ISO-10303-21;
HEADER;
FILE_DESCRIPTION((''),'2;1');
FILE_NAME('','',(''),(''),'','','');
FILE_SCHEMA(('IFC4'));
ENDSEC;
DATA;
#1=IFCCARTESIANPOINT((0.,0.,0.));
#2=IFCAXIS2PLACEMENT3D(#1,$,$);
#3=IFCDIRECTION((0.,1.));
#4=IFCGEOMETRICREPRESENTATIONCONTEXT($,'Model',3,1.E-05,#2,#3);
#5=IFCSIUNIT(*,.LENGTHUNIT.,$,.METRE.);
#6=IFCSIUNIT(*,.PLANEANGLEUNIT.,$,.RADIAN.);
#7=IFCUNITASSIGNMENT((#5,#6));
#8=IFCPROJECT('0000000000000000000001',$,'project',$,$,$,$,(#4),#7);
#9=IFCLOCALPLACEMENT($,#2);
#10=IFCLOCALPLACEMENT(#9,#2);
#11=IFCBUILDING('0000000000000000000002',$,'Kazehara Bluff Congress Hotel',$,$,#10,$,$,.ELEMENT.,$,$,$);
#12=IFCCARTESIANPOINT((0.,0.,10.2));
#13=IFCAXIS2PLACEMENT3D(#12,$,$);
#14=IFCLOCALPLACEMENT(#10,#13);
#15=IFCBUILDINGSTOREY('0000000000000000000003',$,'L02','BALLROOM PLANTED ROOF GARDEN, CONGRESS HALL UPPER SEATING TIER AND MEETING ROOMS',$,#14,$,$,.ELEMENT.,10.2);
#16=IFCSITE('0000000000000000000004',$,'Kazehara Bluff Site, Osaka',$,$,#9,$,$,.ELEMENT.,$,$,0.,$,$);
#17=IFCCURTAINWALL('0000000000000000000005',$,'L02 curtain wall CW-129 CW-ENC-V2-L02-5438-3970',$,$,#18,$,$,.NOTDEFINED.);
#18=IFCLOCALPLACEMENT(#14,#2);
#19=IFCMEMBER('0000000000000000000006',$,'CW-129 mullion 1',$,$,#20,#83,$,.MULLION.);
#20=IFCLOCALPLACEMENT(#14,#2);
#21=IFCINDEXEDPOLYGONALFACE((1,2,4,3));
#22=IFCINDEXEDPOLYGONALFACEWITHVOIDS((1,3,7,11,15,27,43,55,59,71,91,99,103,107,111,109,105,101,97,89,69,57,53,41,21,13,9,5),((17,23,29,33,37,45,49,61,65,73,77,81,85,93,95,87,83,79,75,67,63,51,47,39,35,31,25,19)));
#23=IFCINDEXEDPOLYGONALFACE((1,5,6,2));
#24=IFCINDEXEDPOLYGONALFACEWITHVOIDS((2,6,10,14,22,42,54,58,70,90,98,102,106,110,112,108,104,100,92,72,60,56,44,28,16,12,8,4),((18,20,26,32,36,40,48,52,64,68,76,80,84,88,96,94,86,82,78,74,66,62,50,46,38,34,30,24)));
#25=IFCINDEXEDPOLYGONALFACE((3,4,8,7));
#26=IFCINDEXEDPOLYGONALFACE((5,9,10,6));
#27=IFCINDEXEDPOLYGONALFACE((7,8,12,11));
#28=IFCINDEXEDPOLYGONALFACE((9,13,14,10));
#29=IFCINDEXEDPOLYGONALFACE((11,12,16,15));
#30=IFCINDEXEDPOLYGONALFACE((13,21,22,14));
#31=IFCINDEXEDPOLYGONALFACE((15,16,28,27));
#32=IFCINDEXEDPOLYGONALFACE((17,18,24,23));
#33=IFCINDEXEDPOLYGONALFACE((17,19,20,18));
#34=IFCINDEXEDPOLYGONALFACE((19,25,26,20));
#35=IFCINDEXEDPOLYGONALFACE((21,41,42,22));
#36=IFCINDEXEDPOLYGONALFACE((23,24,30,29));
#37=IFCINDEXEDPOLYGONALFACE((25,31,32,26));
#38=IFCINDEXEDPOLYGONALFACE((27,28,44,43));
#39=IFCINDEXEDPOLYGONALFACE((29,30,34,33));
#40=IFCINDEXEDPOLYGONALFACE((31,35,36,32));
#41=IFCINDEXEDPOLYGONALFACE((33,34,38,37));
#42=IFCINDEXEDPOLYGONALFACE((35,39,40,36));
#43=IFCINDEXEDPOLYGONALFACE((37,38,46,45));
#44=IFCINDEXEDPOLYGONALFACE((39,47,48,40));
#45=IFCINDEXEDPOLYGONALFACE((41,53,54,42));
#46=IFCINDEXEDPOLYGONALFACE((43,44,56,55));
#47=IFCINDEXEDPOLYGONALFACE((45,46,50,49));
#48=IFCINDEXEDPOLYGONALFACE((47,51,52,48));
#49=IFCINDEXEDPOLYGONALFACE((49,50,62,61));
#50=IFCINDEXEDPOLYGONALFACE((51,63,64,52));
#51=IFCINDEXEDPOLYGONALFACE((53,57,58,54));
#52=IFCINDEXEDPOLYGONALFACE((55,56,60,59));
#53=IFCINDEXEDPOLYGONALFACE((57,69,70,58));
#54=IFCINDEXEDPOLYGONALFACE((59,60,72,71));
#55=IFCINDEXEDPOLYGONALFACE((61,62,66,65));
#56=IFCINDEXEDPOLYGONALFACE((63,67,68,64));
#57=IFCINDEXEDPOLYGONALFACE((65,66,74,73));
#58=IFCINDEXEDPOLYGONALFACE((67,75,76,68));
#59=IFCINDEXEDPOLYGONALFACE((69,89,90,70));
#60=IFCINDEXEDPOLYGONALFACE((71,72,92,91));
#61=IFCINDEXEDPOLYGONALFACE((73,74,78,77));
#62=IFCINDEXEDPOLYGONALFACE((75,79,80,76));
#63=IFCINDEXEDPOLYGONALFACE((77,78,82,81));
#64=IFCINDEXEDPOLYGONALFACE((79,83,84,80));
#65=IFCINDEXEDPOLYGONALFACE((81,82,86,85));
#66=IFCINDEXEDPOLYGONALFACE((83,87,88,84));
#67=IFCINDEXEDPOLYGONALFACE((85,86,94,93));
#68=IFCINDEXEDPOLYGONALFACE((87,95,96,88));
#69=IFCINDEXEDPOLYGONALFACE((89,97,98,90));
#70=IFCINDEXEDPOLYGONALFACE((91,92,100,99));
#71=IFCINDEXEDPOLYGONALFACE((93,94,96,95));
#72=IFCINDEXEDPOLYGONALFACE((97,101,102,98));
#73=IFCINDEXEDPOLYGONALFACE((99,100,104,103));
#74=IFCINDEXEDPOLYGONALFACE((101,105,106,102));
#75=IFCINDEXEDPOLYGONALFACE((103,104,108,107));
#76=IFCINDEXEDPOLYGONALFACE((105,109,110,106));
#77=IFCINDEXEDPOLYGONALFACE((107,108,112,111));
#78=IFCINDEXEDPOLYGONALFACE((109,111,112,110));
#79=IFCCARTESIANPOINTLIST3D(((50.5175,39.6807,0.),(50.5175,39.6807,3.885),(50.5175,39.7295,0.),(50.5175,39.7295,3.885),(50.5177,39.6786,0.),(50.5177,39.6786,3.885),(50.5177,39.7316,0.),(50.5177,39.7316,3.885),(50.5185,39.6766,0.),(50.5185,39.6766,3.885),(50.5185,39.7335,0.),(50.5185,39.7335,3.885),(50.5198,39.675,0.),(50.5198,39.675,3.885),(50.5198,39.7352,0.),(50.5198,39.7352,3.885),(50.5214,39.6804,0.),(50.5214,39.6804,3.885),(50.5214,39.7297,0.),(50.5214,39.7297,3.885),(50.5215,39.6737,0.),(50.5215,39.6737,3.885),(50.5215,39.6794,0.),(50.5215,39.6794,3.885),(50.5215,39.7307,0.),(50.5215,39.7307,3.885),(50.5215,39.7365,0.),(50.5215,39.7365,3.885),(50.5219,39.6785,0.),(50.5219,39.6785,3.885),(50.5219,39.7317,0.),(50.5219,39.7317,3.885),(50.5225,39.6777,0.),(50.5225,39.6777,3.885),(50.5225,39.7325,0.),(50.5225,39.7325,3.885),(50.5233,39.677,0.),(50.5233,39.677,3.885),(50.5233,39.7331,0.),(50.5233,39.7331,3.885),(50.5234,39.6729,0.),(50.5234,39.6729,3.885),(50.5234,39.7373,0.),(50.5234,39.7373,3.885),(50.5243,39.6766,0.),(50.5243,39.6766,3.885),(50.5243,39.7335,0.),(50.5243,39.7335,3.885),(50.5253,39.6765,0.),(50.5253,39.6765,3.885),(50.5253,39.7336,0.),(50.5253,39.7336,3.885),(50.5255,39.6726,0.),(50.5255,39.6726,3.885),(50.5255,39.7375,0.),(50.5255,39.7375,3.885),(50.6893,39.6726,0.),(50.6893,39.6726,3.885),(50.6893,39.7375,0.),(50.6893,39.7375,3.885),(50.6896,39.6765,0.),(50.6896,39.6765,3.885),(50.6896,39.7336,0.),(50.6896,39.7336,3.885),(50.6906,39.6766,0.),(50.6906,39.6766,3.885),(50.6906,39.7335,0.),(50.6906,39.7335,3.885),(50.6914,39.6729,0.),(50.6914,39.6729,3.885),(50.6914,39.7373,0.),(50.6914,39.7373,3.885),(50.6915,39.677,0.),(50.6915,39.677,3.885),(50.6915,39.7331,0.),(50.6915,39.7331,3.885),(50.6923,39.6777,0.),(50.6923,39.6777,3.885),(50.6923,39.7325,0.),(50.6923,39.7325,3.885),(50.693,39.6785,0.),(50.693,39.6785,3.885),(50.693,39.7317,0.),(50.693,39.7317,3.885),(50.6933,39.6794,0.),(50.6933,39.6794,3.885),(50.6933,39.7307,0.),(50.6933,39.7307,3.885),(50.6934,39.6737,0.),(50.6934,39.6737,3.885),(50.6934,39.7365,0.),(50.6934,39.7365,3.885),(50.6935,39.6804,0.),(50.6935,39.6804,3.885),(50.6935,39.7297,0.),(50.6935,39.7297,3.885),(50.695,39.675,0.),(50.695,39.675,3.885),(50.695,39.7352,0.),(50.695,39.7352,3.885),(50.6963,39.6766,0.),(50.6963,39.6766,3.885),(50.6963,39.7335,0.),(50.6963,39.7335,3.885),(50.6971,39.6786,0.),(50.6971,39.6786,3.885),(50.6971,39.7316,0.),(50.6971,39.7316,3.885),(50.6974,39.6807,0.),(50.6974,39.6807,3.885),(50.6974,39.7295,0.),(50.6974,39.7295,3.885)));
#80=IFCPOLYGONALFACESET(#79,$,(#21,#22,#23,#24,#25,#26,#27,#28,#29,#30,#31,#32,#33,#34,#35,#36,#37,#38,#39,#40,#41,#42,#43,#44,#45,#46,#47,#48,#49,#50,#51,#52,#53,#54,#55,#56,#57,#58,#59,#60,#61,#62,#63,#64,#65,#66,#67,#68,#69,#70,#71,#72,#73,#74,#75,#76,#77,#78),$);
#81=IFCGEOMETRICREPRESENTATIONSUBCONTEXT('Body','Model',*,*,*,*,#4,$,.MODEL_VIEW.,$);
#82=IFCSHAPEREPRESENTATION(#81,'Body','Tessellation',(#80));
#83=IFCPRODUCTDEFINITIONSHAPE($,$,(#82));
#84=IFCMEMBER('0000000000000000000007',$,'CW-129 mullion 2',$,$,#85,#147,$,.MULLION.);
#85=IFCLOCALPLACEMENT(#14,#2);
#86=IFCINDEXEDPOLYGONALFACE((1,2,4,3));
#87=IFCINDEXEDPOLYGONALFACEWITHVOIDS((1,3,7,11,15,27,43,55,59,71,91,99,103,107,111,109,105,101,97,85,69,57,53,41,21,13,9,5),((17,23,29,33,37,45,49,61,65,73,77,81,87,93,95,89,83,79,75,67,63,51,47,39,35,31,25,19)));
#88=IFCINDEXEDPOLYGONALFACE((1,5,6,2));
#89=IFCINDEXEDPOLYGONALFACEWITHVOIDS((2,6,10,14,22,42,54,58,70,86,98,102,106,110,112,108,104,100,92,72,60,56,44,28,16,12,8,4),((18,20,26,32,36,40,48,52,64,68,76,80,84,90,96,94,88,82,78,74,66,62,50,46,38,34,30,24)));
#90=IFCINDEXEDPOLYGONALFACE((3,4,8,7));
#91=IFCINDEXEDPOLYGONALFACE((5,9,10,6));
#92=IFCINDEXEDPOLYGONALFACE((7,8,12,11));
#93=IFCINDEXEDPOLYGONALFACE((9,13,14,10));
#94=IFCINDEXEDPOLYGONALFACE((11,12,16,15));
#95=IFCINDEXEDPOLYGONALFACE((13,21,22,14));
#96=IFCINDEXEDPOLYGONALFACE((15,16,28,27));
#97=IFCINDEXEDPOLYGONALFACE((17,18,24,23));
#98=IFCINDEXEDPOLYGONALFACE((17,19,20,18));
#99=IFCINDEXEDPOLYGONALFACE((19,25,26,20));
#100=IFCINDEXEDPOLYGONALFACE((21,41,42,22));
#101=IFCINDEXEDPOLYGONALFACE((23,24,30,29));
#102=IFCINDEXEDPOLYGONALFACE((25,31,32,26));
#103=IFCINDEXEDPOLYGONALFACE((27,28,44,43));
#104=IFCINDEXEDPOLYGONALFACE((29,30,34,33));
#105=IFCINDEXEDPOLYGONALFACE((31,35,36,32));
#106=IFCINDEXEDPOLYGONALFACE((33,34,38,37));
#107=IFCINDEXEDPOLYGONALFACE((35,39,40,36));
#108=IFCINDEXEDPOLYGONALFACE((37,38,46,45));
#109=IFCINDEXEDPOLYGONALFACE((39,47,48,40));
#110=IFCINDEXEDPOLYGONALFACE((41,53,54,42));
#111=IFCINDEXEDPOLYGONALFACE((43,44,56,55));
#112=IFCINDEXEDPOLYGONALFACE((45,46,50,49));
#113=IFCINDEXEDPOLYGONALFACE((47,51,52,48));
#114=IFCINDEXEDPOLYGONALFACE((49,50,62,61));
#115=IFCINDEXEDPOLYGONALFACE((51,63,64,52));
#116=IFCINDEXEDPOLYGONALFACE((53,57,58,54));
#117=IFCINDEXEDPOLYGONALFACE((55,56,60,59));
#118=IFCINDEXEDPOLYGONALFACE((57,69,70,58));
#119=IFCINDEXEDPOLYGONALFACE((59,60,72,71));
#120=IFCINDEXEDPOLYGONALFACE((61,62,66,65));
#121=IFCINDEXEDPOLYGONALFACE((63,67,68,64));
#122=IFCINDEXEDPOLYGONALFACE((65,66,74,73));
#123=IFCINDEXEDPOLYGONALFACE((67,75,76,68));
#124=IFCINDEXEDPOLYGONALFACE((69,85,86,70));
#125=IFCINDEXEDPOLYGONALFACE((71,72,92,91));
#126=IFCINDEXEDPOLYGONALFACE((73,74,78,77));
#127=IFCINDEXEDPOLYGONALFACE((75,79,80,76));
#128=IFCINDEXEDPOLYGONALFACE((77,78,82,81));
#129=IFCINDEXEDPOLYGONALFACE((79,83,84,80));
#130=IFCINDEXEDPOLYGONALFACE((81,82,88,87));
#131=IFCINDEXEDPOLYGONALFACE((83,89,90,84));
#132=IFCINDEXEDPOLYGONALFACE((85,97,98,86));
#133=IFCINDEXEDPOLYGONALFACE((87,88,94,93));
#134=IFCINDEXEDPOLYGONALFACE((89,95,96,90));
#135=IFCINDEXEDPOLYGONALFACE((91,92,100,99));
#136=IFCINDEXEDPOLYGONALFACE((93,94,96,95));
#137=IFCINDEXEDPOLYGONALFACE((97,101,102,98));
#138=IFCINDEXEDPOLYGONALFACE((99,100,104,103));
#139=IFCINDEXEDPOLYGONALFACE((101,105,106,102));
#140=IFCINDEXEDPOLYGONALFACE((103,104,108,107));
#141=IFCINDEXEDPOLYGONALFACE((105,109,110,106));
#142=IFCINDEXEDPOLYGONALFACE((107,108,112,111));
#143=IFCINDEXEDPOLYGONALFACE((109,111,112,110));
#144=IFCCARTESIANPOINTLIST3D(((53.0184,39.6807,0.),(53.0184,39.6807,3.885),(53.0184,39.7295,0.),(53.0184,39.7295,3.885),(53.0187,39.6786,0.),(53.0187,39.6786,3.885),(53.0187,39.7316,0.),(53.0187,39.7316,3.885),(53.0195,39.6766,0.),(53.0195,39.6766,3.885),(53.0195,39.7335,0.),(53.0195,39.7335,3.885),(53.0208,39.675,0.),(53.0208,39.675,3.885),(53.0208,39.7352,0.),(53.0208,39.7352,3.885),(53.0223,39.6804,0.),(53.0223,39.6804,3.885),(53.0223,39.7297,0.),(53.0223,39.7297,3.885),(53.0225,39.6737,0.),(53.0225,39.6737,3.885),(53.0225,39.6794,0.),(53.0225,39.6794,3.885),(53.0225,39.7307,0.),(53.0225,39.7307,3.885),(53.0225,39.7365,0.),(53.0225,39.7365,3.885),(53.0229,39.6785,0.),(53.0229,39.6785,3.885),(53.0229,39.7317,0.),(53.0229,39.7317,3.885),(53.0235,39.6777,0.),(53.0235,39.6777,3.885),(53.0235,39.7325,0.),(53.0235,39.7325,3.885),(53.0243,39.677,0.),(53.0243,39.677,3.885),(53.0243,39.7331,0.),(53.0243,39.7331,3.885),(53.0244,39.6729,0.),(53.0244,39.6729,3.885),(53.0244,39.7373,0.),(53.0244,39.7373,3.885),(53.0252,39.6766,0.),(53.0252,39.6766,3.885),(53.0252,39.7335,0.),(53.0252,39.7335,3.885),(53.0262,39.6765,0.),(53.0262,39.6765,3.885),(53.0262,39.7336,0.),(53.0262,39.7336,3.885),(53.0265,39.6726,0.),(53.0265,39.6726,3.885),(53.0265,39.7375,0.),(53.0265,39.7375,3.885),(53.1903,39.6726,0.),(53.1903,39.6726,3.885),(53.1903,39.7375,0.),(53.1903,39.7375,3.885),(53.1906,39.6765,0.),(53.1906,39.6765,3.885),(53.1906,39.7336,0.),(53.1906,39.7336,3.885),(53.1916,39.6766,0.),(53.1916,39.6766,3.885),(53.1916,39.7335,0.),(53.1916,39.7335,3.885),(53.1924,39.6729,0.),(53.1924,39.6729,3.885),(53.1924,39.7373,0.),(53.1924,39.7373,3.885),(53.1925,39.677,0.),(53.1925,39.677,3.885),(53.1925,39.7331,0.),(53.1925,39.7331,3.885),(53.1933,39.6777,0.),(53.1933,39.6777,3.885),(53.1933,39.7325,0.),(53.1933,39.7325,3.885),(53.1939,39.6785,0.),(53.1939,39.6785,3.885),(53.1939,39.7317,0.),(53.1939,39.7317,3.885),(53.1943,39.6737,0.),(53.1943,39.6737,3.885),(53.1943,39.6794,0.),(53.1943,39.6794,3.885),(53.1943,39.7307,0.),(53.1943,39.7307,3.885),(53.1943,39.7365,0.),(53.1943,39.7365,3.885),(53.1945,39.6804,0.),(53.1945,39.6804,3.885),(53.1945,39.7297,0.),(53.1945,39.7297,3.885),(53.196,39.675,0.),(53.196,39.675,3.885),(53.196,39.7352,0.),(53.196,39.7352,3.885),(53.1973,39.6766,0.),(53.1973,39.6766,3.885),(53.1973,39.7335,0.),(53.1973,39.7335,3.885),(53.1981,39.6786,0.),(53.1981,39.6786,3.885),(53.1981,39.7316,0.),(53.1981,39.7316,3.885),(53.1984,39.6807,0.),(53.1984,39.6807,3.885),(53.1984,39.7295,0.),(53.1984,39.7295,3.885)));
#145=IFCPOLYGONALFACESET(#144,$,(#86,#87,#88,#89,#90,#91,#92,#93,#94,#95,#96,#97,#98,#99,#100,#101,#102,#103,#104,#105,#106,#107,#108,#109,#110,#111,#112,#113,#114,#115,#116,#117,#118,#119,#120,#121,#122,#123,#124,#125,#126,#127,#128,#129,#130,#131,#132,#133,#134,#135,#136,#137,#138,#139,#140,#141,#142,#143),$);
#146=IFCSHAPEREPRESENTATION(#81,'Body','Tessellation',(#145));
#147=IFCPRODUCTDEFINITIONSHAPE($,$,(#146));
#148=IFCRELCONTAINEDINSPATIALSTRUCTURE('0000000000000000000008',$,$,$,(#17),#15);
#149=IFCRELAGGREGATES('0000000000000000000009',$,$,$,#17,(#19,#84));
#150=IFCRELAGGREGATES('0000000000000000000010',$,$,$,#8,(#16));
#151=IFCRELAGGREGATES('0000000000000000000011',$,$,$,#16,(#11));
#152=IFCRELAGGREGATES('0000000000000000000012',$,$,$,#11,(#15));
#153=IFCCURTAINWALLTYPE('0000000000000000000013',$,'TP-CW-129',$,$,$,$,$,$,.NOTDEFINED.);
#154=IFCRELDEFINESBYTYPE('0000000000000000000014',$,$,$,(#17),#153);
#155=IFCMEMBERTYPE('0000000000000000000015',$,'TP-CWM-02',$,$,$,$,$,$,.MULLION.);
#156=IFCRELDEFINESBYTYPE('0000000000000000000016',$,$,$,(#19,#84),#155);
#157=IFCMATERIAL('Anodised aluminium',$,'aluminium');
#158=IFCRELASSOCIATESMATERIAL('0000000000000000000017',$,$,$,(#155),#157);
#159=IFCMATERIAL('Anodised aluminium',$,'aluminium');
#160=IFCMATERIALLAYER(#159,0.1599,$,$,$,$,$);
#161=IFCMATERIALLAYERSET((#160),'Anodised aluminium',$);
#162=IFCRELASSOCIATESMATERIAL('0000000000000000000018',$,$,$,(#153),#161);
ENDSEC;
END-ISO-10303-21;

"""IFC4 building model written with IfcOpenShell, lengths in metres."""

from ifc_helpers import new_model, si_unit, direction, frame, origin, origin_2d, place, context, subcontext, project, spatial, hollow_rectangle, extrude, material, layer, layer_set, material_profile, profile_set, type_object, element, aggregate, save


model = new_model("IFC4")

# Units and contexts
model_context = context("Model", 3, precision=1e-05, world=origin(), true_north=direction((0.0, 1.0)))
body_context = subcontext(model_context, "Body", "Model", "MODEL_VIEW")
ifc_project = project(units=[si_unit("LENGTHUNIT", "METRE"), si_unit("PLANEANGLEUNIT", "RADIAN")], contexts=[model_context])

# Site, building, storey
site_placement = place(None, origin())
site = spatial("IfcSite", under=ifc_project, at=site_placement, Name="Kazehara Bluff Site, Osaka", CompositionType="ELEMENT", RefElevation=0.0)
building_placement = place(site_placement, origin())
building = spatial("IfcBuilding", under=site, at=building_placement, Name="Kazehara Bluff Congress Hotel", CompositionType="ELEMENT")
storey_placement = place(building_placement, frame((0.0, 0.0, 10.2)))
storey = spatial("IfcBuildingStorey", under=building, at=storey_placement, Name="L02", Description="BALLROOM PLANTED ROOF GARDEN, CONGRESS HALL UPPER SEATING TIER AND MEETING ROOMS", CompositionType="ELEMENT", Elevation=10.2)

# Curtain wall, members
ifc_material_1 = material(Name="Anodised aluminium", Category="aluminium")
ifc_material_profile_1 = material_profile(ifc_material_1, hollow_rectangle(XDim=0.0649, YDim=0.1799, WallThickness=0.0039, InnerFilletRadius=0.0039, OuterFilletRadius=0.0081, at=origin_2d()))
ifc_profile_set_1 = profile_set([ifc_material_profile_1], Name="Anodised aluminium")
member_type_1 = type_object("IfcMemberType", Name="TP-CWM-02", PredefinedType="MULLION", material=ifc_profile_set_1)
ifc_material_2 = material(Name="Anodised aluminium", Category="aluminium")
ifc_layer_1 = layer(ifc_material_2, 0.1599)
ifc_layer_set_1 = layer_set([ifc_layer_1], Name="Anodised aluminium")
curtain_wall_type_1 = type_object("IfcCurtainWallType", Name="TP-CW-129", PredefinedType="NOTDEFINED", material=ifc_layer_set_1)
curtain_wall_1_placement = place(storey_placement, origin())
curtain_wall_1 = element("IfcCurtainWall", 1, at=curtain_wall_1_placement, inside=storey, type_object=curtain_wall_type_1, Name="L02 curtain wall CW-129 CW-ENC-V2-L02-5438-3970", PredefinedType="NOTDEFINED")
member_1_placement = place(storey_placement, frame((50.6074, 39.7051, 0.0), z_axis=(0.0, 0.0, 1.0), x_axis=(0.0, 1.0, 0.0)))
member_1 = element("IfcMember", 2, at=member_1_placement, type_object=member_type_1, Name="CW-129 mullion 1", PredefinedType="MULLION", context=body_context, shape_type="SweptSolid", body=[
    extrude(hollow_rectangle(XDim=0.0649, YDim=0.1799, WallThickness=0.0039, InnerFilletRadius=0.0039, OuterFilletRadius=0.0081, at=origin_2d()), origin(), (0.0, 0.0, 1.0), 3.885),
])
member_2_placement = place(storey_placement, frame((53.1084, 39.7051, 0.0), z_axis=(0.0, 0.0, 1.0), x_axis=(0.0, 1.0, 0.0)))
member_2 = element("IfcMember", 3, at=member_2_placement, type_object=member_type_1, Name="CW-129 mullion 2", PredefinedType="MULLION", context=body_context, shape_type="SweptSolid", body=[
    extrude(hollow_rectangle(XDim=0.0649, YDim=0.1799, WallThickness=0.0039, InnerFilletRadius=0.0039, OuterFilletRadius=0.0081, at=origin_2d()), origin(), (0.0, 0.0, 1.0), 3.885),
])

aggregate(curtain_wall_1, [member_1, member_2])

save(model, "model.ifc")
